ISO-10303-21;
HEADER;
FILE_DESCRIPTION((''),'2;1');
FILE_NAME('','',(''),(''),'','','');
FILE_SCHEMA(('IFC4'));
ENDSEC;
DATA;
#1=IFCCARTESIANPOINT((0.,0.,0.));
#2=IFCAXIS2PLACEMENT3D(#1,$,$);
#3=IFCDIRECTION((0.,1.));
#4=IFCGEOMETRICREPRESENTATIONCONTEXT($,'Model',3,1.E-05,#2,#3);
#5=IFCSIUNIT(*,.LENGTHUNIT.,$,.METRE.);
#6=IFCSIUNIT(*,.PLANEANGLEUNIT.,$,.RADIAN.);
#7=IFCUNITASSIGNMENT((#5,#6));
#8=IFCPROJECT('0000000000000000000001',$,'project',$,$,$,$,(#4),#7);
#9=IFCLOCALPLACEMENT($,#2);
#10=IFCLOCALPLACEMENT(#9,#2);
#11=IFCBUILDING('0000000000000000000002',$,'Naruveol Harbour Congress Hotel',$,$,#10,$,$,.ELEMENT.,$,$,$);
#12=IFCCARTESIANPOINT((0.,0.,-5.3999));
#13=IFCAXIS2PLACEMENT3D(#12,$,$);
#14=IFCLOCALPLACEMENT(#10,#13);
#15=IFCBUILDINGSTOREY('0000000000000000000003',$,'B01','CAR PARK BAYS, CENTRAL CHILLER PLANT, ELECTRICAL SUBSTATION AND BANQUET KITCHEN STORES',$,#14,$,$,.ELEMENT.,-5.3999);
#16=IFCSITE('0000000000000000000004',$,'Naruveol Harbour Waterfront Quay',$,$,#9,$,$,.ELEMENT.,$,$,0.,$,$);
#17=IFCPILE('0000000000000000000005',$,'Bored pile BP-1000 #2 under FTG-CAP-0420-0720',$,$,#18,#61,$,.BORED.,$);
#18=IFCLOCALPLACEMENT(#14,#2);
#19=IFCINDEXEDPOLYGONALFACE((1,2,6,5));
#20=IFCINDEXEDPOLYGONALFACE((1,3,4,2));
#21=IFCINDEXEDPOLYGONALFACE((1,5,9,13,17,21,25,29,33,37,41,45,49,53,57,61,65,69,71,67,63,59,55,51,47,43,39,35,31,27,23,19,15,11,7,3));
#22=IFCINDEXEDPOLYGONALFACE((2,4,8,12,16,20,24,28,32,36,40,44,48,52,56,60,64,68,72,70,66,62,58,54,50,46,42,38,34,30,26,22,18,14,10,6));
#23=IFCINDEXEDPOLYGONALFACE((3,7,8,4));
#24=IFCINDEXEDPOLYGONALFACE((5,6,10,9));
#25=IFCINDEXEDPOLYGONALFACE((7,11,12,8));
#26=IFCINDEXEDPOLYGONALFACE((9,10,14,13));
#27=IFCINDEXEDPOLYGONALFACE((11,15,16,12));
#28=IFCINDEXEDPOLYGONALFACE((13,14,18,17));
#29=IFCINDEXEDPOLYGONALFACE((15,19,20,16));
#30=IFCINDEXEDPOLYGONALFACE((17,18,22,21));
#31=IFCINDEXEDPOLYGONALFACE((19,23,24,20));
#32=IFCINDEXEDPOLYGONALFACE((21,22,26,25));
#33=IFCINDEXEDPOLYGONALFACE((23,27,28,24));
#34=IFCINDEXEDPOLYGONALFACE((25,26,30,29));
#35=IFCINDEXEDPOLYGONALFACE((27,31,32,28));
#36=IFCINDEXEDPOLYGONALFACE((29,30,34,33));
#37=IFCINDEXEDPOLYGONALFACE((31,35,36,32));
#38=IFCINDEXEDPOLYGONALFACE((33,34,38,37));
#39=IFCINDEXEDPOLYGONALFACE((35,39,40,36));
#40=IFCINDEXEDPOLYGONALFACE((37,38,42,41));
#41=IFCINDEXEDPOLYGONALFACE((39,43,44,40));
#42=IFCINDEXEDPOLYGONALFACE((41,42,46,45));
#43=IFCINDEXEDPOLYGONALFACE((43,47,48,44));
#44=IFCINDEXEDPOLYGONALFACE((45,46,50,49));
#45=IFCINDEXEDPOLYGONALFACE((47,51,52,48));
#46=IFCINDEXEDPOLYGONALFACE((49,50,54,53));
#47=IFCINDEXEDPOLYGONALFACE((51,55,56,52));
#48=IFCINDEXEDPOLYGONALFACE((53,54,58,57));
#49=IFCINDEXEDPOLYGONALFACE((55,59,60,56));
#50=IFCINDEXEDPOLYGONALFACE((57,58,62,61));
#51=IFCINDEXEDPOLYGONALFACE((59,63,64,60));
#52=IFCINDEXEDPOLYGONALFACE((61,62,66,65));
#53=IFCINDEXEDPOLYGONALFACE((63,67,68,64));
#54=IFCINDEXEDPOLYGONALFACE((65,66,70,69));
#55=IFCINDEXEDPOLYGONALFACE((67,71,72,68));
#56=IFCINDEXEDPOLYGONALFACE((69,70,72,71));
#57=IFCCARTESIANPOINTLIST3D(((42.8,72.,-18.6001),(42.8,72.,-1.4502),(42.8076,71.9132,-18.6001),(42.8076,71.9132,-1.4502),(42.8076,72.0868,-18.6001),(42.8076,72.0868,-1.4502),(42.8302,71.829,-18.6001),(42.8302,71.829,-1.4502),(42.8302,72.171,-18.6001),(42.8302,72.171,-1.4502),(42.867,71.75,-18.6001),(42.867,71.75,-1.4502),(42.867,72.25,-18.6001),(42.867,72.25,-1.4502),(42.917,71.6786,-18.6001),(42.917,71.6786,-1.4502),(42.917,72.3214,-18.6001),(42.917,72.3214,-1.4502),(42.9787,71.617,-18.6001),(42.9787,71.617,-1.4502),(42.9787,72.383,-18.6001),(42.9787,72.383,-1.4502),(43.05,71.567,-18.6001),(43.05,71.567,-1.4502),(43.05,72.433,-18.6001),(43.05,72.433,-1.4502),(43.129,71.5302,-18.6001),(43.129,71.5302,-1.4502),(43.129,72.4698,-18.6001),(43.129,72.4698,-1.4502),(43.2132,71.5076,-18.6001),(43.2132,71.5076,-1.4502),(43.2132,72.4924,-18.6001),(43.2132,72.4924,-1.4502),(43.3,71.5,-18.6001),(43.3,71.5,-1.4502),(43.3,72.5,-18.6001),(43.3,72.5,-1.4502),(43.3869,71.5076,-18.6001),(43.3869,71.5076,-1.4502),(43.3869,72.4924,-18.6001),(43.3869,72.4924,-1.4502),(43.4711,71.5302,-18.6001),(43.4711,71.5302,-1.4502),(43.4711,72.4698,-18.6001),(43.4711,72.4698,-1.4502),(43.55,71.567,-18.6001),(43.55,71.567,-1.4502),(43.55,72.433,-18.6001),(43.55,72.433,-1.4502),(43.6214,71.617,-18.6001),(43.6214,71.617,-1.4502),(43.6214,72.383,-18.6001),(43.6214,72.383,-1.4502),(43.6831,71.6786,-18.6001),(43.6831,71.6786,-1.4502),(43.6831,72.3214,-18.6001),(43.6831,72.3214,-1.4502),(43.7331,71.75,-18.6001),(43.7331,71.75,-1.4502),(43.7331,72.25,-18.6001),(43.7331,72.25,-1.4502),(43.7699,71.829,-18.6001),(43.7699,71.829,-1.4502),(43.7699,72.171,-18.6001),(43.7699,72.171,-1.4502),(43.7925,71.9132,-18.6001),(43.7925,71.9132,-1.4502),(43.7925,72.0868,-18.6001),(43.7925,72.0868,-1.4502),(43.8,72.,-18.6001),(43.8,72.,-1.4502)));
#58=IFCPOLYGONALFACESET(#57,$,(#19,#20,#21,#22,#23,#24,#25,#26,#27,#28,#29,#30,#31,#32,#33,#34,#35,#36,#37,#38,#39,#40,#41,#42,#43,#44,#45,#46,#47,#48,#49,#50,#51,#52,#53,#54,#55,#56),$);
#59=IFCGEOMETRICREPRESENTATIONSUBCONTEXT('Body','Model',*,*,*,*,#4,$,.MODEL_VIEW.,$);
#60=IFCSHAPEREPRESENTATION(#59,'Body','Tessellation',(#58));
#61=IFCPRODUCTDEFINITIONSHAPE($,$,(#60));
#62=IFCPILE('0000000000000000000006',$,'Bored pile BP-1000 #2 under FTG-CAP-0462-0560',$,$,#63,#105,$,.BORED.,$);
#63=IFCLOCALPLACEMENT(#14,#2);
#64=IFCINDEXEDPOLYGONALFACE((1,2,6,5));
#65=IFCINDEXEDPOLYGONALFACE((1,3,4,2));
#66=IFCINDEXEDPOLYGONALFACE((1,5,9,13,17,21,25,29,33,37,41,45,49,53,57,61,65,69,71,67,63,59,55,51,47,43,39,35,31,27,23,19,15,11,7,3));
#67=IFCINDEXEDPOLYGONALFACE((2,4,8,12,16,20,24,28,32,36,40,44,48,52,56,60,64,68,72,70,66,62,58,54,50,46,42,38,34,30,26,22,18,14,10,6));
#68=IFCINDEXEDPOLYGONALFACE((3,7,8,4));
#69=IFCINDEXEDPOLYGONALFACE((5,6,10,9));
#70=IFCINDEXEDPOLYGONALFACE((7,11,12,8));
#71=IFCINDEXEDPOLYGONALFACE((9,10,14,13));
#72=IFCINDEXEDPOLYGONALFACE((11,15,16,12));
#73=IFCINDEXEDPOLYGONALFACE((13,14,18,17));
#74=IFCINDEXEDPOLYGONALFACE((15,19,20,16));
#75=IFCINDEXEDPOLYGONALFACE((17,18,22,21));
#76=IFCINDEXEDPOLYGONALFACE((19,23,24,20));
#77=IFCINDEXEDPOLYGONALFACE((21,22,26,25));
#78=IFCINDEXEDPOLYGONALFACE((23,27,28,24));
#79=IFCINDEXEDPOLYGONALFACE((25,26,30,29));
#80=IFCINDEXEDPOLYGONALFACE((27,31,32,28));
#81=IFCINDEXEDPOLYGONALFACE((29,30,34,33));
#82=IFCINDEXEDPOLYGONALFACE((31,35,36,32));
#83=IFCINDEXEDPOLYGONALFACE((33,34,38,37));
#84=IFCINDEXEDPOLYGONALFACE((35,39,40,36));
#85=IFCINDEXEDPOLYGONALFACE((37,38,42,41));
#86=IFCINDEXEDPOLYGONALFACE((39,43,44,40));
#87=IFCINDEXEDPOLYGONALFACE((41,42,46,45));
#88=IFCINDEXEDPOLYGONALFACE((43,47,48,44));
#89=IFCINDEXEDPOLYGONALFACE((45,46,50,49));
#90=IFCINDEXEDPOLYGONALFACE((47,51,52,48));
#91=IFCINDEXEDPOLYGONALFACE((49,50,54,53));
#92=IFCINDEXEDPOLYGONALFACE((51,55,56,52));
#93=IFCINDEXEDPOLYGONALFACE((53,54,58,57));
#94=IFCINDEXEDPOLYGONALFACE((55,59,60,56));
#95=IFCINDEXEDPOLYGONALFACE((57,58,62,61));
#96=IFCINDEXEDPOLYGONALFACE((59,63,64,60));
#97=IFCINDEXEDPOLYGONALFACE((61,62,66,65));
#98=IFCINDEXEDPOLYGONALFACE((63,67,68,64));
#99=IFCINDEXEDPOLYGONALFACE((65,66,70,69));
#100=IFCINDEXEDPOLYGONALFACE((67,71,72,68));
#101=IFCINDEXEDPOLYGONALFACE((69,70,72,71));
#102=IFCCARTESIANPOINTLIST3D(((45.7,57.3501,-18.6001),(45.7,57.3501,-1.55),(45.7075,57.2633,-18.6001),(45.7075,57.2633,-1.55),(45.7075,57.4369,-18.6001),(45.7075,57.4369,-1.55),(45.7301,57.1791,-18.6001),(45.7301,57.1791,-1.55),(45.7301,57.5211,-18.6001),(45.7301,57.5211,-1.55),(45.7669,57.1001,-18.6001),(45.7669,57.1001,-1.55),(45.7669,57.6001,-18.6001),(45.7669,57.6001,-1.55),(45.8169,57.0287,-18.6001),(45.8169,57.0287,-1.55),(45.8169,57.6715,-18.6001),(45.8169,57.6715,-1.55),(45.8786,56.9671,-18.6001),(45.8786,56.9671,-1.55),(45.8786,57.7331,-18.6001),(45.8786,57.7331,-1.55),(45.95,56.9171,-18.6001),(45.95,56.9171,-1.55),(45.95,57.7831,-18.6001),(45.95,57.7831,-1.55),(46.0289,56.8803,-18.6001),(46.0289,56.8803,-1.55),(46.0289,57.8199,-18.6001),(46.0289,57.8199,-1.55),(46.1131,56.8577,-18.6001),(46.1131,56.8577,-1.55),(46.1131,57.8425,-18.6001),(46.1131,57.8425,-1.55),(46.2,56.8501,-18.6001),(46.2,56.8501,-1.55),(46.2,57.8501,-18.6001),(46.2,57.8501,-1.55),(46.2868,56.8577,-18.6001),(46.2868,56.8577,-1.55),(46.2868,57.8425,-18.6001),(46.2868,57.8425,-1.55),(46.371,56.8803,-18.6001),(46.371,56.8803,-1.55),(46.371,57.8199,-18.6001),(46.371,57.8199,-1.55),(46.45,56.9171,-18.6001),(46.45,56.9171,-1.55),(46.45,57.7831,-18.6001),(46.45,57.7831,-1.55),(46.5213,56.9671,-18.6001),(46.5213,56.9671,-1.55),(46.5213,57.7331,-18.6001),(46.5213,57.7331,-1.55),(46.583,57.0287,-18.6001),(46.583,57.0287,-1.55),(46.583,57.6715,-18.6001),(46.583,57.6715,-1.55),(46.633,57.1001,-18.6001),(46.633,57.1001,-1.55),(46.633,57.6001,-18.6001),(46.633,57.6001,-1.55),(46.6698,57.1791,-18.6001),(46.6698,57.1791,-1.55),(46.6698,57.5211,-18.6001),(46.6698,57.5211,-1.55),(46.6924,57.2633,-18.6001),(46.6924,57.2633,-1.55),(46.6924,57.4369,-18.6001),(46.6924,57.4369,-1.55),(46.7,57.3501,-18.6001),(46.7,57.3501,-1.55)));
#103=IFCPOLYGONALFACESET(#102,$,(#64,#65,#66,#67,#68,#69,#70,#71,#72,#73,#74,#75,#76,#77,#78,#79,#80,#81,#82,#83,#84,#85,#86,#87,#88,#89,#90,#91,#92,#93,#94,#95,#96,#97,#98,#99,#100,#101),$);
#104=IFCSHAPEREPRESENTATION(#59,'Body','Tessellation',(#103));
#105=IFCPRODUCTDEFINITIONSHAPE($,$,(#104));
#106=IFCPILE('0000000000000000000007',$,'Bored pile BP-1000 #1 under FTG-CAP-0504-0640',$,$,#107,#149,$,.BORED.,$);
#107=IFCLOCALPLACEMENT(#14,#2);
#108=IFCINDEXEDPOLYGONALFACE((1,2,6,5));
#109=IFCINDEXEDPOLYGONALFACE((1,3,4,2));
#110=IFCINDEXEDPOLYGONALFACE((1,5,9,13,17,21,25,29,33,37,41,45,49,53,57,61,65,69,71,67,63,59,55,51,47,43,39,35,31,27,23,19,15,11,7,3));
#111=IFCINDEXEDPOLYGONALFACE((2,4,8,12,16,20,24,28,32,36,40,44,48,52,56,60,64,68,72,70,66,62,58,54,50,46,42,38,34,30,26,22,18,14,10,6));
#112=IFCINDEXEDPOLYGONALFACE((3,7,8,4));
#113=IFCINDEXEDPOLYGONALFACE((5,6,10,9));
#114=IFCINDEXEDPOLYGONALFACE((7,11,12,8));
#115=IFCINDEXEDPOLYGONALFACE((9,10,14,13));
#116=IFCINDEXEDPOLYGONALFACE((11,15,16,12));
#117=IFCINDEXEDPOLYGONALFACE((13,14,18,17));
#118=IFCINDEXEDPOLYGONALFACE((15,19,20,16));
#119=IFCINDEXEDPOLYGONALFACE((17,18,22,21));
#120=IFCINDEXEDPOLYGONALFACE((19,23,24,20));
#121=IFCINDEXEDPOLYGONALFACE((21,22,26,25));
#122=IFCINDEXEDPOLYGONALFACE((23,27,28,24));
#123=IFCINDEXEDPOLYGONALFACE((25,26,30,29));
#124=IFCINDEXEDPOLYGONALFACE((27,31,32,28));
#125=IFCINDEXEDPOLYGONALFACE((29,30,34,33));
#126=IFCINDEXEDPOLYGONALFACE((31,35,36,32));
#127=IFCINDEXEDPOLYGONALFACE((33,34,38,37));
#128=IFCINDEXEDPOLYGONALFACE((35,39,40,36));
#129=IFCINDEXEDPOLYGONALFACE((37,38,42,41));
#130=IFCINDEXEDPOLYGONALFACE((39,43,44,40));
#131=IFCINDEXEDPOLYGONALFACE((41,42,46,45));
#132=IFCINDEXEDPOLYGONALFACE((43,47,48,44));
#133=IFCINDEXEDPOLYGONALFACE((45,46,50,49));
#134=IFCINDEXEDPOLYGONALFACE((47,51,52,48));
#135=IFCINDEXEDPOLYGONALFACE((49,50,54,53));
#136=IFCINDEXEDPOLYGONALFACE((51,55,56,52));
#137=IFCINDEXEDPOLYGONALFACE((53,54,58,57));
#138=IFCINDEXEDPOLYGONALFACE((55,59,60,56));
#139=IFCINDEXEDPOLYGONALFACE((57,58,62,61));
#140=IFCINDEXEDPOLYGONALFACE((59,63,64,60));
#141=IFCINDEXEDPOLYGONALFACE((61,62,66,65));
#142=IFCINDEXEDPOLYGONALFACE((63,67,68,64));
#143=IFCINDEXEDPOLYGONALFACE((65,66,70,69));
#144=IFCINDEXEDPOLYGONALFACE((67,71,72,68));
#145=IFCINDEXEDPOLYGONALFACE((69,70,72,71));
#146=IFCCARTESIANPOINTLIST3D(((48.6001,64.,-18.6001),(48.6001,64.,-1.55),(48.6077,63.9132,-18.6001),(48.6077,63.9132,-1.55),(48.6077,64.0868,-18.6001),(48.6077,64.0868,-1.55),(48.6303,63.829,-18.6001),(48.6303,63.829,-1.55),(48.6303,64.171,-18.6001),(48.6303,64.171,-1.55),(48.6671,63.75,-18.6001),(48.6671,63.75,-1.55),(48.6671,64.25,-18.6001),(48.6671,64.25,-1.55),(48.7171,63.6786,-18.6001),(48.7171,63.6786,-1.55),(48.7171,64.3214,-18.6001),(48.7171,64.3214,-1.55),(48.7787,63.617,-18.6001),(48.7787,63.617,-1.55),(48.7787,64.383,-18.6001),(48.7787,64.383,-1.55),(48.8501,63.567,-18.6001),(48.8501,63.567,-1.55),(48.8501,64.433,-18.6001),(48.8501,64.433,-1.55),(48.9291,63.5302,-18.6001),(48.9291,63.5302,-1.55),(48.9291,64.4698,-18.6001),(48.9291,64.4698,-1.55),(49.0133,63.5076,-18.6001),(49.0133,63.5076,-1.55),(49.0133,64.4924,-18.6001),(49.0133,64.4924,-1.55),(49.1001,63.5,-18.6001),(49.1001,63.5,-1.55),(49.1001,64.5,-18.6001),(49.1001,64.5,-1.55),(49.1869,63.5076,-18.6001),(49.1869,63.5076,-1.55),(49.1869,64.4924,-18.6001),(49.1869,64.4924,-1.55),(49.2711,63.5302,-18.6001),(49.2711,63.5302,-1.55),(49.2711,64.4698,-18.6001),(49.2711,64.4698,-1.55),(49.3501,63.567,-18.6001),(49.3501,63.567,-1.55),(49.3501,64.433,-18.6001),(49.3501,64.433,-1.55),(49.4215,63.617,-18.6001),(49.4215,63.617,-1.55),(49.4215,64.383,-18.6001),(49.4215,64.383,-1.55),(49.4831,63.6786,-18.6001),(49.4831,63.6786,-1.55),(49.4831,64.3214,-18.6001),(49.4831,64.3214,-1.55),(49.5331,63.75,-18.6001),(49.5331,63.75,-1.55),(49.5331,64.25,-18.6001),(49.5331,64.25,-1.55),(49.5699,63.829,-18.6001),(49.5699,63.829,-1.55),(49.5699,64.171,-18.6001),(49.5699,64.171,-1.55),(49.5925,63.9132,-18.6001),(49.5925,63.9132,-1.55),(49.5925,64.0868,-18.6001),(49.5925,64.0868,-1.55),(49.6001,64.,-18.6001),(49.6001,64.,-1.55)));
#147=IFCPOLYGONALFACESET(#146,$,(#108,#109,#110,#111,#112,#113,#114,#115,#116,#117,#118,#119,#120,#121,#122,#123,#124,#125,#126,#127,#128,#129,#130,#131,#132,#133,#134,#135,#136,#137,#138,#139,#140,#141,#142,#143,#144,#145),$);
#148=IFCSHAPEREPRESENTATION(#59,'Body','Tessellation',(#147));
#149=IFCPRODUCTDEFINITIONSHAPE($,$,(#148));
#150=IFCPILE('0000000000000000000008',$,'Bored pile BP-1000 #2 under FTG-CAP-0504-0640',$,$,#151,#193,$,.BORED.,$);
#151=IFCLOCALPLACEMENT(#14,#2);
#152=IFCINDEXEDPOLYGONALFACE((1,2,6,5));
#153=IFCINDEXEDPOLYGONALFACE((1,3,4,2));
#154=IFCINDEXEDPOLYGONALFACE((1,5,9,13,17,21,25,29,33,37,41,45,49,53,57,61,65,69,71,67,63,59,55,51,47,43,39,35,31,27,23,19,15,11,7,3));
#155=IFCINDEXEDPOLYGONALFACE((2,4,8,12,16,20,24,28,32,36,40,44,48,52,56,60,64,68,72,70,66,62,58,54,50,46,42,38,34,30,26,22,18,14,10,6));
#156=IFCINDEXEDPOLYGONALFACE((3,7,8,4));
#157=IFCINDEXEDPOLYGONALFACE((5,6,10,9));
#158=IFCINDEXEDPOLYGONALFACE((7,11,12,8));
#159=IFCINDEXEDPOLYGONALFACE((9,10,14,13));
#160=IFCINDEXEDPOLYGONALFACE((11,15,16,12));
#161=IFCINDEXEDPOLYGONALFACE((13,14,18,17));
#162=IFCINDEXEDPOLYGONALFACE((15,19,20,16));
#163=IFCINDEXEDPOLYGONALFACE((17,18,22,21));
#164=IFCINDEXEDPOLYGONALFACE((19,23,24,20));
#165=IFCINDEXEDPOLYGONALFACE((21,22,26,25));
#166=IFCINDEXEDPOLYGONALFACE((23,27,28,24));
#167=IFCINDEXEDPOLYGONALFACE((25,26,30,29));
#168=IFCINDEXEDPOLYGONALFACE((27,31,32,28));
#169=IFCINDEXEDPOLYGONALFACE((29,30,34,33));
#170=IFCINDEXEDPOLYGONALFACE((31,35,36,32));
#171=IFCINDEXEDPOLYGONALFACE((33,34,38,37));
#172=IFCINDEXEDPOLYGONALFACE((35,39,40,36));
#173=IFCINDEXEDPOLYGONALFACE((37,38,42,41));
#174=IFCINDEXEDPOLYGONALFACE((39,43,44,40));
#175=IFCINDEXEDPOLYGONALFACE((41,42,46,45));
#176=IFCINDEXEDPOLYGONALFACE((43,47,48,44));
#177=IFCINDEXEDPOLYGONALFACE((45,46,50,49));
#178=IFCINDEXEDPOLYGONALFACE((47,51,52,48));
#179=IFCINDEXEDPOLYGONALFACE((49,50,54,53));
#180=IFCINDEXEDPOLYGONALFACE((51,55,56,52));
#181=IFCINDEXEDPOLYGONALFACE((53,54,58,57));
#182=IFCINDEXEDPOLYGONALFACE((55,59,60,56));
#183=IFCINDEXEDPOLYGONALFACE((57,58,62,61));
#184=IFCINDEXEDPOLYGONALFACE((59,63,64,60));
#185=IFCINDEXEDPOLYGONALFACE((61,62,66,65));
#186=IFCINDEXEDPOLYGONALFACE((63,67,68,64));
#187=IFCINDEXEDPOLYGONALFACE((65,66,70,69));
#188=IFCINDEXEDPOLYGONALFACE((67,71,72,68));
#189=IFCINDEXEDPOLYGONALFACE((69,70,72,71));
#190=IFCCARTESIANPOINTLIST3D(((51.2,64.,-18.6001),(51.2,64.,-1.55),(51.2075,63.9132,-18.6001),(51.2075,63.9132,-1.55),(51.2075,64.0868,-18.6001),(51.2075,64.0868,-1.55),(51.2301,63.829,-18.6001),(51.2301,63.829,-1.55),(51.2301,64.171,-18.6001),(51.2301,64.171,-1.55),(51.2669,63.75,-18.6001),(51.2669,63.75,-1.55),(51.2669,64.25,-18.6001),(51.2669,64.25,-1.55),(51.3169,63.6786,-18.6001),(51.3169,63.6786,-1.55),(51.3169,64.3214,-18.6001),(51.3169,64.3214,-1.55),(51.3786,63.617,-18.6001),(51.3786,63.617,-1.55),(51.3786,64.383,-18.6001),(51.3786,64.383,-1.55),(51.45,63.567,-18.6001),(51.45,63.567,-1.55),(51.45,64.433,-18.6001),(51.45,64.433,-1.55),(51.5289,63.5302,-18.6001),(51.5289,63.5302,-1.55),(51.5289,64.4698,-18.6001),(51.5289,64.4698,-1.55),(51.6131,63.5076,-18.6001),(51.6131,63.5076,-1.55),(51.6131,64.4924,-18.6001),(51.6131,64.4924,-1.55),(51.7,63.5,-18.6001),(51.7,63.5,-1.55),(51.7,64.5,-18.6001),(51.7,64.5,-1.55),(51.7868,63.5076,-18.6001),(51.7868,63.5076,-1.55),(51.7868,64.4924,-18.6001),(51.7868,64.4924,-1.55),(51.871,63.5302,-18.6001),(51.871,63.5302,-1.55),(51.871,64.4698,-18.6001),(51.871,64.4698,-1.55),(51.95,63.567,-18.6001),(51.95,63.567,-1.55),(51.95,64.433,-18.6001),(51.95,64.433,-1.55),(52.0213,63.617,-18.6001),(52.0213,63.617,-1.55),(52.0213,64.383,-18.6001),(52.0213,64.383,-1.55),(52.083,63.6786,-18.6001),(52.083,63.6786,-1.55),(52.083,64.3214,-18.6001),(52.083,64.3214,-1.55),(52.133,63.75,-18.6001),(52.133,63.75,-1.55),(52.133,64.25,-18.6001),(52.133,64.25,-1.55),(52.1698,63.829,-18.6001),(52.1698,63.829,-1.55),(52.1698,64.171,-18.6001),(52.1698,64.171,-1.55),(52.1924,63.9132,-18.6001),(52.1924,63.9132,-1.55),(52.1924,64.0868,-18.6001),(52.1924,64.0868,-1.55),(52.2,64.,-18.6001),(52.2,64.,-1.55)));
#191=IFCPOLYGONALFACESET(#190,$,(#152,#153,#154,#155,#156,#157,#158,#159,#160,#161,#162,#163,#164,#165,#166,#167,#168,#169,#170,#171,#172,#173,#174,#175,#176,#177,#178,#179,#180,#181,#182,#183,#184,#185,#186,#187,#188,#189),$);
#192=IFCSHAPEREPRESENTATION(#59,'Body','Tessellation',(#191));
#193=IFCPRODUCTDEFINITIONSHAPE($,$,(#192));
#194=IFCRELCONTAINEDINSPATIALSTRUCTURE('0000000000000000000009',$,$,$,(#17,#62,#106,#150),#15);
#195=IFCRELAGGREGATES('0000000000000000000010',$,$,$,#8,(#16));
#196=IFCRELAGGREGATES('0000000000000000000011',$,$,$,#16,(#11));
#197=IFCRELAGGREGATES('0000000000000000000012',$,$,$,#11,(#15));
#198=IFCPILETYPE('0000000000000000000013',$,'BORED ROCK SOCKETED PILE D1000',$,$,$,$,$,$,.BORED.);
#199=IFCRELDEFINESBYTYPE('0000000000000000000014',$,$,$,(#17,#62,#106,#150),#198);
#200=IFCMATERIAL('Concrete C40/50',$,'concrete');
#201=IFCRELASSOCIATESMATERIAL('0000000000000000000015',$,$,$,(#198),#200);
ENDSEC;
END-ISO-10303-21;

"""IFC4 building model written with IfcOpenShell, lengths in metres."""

from ifc_helpers import new_model, si_unit, direction, frame, origin, origin_2d, place, context, subcontext, project, spatial, circle, extrude, material, material_profile, profile_set, type_object, element, save


model = new_model("IFC4")

# Units and contexts
model_context = context("Model", 3, precision=1e-05, world=origin(), true_north=direction((0.0, 1.0)))
body_context = subcontext(model_context, "Body", "Model", "MODEL_VIEW")
ifc_project = project(units=[si_unit("LENGTHUNIT", "METRE"), si_unit("PLANEANGLEUNIT", "RADIAN")], contexts=[model_context])

# Site, building, storey
site_placement = place(None, origin())
site = spatial("IfcSite", under=ifc_project, at=site_placement, Name="Naruveol Harbour Waterfront Quay", CompositionType="ELEMENT", RefElevation=0.0)
building_placement = place(site_placement, origin())
building = spatial("IfcBuilding", under=site, at=building_placement, Name="Naruveol Harbour Congress Hotel", CompositionType="ELEMENT")
storey_placement = place(building_placement, frame((0.0, 0.0, -5.3999)))
storey = spatial("IfcBuildingStorey", under=building, at=storey_placement, Name="B01", Description="CAR PARK BAYS, CENTRAL CHILLER PLANT, ELECTRICAL SUBSTATION AND BANQUET KITCHEN STORES", CompositionType="ELEMENT", Elevation=-5.3999)

# Piles
ifc_material_1 = material(Name="Concrete C40/50", Category="concrete")
ifc_material_profile_1 = material_profile(ifc_material_1, circle(Radius=0.5, at=origin_2d()), Name="BP-1000")
ifc_profile_set_1 = profile_set([ifc_material_profile_1], Name="Concrete C40/50")
pile_type_1 = type_object("IfcPileType", Name="BORED ROCK SOCKETED PILE D1000", PredefinedType="BORED", material=ifc_profile_set_1)
pile_1_placement = place(storey_placement, frame((43.3, 72.0, -1.4502), z_axis=(0.0, 0.0, -1.0), x_axis=(1.0, 0.0, 0.0)))
element("IfcPile", 1, at=pile_1_placement, inside=storey, type_object=pile_type_1, Name="Bored pile BP-1000 #2 under FTG-CAP-0420-0720", PredefinedType="BORED", context=body_context, shape_type="SweptSolid", body=[
    extrude(circle(Radius=0.5, at=origin_2d()), origin(), (0.0, 0.0, 1.0), 17.1499),
])
for number, where, z_axis, x_axis, name in (
    (2, (46.2, 57.3501, -1.55), (0.0, 0.0, -1.0), (1.0, 0.0, 0.0), "Bored pile BP-1000 #2 under FTG-CAP-0462-0560"),
    (3, (49.1001, 64.0, -1.55), (0.0, 0.0, -1.0), (1.0, 0.0, 0.0), "Bored pile BP-1000 #1 under FTG-CAP-0504-0640"),
    (4, (51.7, 64.0, -1.55), (0.0, 0.0, -1.0), (1.0, 0.0, 0.0), "Bored pile BP-1000 #2 under FTG-CAP-0504-0640"),
):
    element("IfcPile", number, at=place(storey_placement, frame(where, z_axis=z_axis, x_axis=x_axis)), inside=storey, type_object=pile_type_1, Name=name, PredefinedType="BORED", context=body_context, shape_type="SweptSolid", body=[
        extrude(circle(Radius=0.5, at=origin_2d()), origin(), (0.0, 0.0, 1.0), 17.05),
    ])

save(model, "model.ifc")
